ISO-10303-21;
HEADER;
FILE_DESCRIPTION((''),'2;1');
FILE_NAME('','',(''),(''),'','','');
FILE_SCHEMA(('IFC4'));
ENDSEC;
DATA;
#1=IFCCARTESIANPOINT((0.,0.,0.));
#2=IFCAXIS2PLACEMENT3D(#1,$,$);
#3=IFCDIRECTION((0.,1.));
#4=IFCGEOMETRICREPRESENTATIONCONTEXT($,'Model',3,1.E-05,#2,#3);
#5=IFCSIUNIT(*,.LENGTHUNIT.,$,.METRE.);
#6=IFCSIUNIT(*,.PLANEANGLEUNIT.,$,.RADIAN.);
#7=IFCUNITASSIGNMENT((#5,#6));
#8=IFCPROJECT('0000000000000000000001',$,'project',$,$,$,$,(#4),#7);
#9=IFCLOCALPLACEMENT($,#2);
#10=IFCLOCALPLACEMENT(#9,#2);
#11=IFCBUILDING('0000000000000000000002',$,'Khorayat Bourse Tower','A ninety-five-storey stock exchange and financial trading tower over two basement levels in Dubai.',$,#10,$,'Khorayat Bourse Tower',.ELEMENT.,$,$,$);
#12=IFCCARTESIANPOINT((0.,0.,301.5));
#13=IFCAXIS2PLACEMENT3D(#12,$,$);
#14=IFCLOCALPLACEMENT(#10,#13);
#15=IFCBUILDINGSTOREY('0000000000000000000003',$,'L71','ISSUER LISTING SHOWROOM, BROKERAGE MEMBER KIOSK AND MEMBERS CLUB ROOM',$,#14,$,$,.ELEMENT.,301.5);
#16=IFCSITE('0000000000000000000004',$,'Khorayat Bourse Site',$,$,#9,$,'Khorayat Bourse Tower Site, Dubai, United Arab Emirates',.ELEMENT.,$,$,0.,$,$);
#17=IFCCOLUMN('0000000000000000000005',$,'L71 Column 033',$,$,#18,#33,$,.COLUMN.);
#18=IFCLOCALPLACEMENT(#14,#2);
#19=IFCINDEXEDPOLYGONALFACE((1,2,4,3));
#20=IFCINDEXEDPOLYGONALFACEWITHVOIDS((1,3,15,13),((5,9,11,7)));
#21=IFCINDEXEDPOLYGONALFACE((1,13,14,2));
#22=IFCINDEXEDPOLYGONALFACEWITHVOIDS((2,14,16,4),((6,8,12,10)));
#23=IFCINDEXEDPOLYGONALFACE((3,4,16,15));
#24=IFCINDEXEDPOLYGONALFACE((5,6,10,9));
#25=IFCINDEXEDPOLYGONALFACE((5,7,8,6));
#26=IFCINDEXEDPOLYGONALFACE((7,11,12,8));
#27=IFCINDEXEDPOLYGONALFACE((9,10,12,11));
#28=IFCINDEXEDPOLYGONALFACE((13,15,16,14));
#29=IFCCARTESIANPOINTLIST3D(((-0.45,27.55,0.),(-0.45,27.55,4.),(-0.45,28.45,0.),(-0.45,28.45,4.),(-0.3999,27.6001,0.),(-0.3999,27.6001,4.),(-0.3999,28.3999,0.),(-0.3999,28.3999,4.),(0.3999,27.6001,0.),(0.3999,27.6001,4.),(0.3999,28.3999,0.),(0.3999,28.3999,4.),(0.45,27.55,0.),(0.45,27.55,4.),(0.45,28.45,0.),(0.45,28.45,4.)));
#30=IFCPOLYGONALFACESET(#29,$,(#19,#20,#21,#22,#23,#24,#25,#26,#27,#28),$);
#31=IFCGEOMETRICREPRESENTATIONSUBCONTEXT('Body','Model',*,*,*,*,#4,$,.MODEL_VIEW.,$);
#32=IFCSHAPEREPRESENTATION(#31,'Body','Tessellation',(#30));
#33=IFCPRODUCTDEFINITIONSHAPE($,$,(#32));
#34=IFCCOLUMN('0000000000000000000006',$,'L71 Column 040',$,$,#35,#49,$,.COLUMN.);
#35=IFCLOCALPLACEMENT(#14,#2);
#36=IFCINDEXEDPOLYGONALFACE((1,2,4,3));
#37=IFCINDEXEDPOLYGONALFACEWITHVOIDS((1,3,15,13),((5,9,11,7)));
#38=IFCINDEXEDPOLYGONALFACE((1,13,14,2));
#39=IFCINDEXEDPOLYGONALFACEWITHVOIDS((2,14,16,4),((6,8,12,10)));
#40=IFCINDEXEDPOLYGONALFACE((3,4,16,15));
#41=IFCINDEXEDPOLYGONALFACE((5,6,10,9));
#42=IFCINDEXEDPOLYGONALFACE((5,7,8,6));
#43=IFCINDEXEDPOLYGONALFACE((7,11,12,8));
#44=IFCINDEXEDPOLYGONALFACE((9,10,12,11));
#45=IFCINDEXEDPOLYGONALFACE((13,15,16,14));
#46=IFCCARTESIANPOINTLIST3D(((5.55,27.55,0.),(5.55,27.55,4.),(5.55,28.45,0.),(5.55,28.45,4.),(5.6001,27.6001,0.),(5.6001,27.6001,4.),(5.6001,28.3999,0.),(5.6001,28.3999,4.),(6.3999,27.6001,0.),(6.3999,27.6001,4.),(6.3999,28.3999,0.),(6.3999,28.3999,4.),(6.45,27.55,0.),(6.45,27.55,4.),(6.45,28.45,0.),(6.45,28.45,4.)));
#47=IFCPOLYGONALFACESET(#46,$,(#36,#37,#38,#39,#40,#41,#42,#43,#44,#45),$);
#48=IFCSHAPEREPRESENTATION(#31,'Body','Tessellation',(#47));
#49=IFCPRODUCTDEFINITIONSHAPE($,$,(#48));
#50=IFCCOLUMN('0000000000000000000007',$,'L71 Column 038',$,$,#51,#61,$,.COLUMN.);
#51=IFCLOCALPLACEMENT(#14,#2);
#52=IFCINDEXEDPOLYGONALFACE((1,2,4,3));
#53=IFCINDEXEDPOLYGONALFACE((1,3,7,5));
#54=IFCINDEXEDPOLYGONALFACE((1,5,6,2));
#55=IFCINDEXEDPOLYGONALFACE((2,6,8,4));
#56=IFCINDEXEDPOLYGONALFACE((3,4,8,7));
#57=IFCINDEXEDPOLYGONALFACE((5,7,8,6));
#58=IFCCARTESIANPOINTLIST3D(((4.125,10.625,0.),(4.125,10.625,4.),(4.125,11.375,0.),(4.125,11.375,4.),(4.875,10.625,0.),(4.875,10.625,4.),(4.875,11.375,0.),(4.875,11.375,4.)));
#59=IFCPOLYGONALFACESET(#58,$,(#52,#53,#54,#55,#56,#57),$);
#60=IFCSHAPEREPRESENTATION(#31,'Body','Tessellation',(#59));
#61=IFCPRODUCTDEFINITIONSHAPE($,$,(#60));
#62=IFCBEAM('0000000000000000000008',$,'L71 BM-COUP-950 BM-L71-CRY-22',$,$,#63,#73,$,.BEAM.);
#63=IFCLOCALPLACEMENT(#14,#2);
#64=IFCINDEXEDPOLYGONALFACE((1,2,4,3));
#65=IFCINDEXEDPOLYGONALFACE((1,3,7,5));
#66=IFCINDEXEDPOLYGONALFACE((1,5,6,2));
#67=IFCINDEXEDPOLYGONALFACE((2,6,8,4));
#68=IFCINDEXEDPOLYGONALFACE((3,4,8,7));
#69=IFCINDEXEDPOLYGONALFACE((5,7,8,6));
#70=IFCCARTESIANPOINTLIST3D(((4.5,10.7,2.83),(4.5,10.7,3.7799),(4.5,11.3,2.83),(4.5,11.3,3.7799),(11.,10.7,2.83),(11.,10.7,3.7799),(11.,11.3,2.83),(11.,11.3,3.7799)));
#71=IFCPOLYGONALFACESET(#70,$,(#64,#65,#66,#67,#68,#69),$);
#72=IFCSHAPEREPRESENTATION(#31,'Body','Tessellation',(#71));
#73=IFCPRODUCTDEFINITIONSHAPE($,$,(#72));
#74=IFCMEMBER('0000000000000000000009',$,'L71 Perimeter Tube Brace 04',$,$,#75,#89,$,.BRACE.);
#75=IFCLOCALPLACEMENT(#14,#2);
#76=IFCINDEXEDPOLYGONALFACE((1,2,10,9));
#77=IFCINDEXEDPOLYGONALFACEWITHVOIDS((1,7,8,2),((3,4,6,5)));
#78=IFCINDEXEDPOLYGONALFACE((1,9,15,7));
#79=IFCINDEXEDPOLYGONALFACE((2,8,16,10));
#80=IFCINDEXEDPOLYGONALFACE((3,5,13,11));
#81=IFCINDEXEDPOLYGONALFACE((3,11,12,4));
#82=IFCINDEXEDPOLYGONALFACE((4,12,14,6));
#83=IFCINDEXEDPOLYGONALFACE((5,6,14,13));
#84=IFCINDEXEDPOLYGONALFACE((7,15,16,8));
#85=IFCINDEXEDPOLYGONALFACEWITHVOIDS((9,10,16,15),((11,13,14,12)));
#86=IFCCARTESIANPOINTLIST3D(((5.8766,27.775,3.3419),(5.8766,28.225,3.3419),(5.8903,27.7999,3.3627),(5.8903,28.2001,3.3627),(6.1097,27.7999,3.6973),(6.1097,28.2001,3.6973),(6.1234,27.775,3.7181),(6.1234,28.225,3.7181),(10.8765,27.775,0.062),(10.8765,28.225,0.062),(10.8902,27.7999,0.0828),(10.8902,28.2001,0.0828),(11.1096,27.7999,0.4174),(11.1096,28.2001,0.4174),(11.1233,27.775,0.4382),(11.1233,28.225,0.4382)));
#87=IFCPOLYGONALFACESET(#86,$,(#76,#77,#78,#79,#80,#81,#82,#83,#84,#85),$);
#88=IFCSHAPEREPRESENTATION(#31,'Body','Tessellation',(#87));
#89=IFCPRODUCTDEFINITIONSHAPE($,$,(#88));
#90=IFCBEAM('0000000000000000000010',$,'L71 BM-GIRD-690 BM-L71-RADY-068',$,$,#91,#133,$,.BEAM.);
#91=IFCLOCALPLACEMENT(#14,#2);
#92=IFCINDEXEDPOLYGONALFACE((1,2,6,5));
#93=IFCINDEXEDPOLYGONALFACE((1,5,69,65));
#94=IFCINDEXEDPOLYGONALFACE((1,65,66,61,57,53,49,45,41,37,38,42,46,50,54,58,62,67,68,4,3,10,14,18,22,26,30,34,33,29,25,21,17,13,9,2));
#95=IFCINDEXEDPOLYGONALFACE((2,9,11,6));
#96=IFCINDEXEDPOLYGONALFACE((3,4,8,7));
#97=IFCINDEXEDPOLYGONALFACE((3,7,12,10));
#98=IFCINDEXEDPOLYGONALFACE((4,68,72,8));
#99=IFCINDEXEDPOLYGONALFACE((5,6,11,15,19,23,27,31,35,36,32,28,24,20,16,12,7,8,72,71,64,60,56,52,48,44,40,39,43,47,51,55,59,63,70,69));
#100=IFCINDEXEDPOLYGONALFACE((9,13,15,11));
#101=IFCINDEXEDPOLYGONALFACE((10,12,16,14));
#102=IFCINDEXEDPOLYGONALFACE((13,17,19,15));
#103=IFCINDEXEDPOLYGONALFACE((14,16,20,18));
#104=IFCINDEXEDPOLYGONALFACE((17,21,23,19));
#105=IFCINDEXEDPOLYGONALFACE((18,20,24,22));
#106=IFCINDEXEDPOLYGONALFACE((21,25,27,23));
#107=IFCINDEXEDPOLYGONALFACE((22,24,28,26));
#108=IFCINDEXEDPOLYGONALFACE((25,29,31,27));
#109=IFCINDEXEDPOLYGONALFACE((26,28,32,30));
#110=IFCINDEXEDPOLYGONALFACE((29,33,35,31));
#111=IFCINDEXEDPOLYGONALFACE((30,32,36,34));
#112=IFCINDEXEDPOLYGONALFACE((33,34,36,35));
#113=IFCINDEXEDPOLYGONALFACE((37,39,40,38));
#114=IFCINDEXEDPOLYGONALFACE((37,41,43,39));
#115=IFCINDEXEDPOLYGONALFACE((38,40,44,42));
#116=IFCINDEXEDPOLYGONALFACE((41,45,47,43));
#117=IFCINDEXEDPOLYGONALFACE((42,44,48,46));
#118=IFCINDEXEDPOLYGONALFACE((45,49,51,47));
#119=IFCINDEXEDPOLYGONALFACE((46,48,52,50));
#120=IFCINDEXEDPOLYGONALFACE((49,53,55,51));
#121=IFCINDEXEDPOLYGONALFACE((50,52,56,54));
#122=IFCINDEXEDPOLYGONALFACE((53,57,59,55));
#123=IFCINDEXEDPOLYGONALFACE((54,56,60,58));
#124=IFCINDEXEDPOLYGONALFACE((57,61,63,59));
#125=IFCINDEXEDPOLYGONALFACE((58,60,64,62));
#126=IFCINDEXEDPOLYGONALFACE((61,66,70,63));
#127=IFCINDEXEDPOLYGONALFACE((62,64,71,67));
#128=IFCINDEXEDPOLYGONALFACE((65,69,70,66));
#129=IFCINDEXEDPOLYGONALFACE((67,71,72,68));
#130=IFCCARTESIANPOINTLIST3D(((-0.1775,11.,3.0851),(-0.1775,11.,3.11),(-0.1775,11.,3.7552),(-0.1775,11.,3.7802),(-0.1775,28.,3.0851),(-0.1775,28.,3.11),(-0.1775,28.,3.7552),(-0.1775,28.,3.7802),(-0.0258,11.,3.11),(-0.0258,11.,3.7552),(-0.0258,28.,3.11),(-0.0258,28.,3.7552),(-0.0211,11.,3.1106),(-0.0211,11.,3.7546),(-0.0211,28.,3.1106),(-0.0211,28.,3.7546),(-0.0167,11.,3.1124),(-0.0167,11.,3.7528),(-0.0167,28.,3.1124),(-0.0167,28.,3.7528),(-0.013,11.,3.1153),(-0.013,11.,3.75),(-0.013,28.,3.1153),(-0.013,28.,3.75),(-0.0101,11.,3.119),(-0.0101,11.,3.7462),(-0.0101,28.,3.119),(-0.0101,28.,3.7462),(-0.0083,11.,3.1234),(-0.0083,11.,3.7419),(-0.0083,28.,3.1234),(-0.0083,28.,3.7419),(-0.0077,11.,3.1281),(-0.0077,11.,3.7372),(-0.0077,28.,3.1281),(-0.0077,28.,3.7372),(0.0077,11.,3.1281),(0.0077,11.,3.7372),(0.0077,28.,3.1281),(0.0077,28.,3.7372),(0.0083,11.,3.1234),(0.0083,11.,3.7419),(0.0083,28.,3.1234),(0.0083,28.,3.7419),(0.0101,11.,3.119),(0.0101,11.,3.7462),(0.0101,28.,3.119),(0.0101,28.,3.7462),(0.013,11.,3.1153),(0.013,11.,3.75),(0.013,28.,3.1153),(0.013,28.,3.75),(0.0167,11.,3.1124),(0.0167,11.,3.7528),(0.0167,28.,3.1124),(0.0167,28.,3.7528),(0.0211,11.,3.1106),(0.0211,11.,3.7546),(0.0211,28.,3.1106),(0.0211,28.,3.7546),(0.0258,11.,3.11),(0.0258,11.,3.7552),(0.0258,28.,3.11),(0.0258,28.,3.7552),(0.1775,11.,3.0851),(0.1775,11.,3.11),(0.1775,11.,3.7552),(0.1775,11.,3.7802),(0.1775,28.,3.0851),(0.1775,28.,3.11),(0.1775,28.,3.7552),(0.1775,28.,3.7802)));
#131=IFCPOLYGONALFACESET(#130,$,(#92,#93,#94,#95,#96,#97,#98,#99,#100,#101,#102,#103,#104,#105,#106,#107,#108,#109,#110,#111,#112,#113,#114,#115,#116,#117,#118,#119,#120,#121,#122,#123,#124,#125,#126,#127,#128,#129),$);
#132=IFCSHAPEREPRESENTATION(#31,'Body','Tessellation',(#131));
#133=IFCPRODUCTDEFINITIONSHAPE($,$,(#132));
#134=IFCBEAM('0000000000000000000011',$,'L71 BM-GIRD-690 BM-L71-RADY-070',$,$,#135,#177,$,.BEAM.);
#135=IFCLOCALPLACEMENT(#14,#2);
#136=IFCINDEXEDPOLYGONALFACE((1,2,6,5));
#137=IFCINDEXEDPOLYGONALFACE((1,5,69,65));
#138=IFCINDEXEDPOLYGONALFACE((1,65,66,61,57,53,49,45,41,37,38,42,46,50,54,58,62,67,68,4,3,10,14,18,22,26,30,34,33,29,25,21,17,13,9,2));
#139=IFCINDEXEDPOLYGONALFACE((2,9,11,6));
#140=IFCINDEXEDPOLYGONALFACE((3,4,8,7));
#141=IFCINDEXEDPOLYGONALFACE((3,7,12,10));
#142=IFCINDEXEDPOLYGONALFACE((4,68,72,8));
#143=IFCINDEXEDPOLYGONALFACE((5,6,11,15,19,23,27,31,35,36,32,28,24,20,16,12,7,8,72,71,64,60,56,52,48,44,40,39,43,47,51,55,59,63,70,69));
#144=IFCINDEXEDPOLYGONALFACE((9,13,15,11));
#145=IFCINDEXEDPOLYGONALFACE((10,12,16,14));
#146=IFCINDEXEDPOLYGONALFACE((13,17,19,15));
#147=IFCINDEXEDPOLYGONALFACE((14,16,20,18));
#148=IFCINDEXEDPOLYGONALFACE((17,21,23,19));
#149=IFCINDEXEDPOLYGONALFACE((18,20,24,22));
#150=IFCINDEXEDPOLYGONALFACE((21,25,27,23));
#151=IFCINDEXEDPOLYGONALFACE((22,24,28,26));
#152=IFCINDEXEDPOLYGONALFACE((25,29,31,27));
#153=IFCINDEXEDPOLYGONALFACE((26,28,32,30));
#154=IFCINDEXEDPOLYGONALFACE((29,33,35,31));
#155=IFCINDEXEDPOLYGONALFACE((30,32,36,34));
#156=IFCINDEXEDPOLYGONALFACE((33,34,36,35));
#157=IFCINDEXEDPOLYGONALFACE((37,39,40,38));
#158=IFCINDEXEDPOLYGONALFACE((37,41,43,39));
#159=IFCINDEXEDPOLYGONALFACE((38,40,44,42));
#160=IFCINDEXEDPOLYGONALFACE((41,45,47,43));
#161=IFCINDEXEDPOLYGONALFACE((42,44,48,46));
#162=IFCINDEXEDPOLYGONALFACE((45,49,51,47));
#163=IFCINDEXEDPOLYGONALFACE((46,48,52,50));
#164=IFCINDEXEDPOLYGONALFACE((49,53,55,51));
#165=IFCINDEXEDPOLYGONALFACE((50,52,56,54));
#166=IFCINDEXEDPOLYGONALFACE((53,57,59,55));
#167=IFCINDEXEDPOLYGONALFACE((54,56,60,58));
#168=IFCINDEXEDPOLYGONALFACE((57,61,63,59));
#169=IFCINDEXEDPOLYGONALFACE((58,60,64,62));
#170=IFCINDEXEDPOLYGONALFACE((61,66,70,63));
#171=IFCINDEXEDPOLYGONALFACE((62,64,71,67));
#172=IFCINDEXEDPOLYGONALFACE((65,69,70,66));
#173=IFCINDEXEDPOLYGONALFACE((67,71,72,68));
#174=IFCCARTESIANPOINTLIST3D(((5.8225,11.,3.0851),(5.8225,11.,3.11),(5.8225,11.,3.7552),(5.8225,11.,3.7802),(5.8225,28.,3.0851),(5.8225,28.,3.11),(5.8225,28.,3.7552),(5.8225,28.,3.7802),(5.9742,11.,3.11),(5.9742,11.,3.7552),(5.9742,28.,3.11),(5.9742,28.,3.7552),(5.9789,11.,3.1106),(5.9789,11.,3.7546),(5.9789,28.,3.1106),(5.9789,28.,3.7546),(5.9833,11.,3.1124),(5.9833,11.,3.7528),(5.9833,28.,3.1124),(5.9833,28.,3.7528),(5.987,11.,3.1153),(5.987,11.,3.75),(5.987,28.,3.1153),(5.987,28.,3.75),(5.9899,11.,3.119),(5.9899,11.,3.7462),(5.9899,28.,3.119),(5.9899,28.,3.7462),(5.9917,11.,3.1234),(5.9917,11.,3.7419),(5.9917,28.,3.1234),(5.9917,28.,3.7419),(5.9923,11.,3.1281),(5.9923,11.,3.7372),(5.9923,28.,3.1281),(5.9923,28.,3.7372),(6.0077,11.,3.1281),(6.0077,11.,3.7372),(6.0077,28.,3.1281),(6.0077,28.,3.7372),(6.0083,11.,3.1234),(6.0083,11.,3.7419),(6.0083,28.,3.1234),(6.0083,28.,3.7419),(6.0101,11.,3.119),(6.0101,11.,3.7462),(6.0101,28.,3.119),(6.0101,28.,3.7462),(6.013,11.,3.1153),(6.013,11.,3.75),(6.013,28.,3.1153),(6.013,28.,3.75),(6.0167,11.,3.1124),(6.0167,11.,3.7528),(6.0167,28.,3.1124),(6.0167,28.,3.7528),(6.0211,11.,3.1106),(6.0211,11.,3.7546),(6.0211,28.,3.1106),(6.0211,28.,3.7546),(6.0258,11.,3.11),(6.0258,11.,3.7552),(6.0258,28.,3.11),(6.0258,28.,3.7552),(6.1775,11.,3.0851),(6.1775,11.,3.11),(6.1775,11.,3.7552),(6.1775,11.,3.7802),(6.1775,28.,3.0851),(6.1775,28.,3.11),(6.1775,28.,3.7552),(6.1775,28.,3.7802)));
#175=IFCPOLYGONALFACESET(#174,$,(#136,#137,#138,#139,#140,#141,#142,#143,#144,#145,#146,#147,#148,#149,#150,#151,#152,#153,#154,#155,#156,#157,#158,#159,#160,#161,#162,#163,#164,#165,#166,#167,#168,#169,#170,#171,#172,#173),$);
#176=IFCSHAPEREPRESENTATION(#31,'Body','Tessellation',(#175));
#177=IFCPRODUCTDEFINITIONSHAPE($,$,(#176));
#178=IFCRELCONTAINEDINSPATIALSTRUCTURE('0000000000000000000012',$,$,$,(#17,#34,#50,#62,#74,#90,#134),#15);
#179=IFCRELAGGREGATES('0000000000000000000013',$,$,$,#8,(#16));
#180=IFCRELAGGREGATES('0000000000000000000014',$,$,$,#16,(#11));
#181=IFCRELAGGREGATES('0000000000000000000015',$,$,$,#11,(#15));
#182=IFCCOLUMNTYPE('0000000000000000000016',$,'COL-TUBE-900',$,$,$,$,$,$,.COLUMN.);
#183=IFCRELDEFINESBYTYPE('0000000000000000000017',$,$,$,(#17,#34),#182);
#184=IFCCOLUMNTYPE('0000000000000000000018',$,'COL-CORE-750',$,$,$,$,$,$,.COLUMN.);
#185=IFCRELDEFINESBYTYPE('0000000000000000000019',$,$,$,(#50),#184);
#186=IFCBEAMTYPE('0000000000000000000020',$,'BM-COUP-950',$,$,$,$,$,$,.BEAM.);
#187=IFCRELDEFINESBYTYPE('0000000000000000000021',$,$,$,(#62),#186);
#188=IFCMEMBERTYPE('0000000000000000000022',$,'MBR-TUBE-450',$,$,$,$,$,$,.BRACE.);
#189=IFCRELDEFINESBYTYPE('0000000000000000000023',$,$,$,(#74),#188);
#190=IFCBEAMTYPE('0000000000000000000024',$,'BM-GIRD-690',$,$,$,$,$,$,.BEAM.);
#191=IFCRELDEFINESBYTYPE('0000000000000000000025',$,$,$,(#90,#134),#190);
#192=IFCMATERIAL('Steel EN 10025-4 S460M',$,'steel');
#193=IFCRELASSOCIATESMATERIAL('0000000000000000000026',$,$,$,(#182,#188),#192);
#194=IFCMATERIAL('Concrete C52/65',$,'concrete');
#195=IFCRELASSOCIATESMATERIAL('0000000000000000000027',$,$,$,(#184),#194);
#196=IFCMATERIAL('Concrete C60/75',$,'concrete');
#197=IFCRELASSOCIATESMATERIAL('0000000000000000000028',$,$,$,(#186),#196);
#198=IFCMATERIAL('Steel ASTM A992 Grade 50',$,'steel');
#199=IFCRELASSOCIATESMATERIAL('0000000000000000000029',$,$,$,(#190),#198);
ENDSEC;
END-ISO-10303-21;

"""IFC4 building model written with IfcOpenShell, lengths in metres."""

from ifc_helpers import new_model, si_unit, direction, frame, origin, origin_2d, place, context, subcontext, project, spatial, rectangle, hollow_rectangle, i_section, extrude, source, transform, mapped, material, material_profile, profile_set, type_object, element, save


model = new_model("IFC4")

# Units and contexts
model_context = context("Model", 3, precision=1e-05, world=origin(), true_north=direction((0.0, 1.0)))
body_context = subcontext(model_context, "Body", "Model", "MODEL_VIEW")
ifc_project = project(units=[si_unit("LENGTHUNIT", "METRE"), si_unit("PLANEANGLEUNIT", "RADIAN")], contexts=[model_context])

# Site, building, storey
site_placement = place(None, origin())
site = spatial("IfcSite", under=ifc_project, at=site_placement, Name="Khorayat Bourse Site", LongName="Khorayat Bourse Tower Site, Dubai, United Arab Emirates", CompositionType="ELEMENT", RefElevation=0.0)
building_placement = place(site_placement, origin())
building = spatial("IfcBuilding", under=site, at=building_placement, Name="Khorayat Bourse Tower", Description="A ninety-five-storey stock exchange and financial trading tower over two basement levels in Dubai.", LongName="Khorayat Bourse Tower", CompositionType="ELEMENT")
storey_placement = place(building_placement, frame((0.0, 0.0, 301.5)))
storey = spatial("IfcBuildingStorey", under=building, at=storey_placement, Name="L71", Description="ISSUER LISTING SHOWROOM, BROKERAGE MEMBER KIOSK AND MEMBERS CLUB ROOM", CompositionType="ELEMENT", Elevation=301.5)

# Columns
ifc_material_1 = material(Name="Steel EN 10025-4 S460M", Category="steel")
ifc_material_profile_1 = material_profile(ifc_material_1, hollow_rectangle(XDim=0.8999, YDim=0.8999, WallThickness=0.05, at=origin_2d()), Name="BOX 900x900x50")
ifc_profile_set_1 = profile_set([ifc_material_profile_1], Name="Steel EN 10025-4 S460M")
column_type_1 = type_object("IfcColumnType", Name="COL-TUBE-900", PredefinedType="COLUMN", material=ifc_profile_set_1)
shared_shape_1 = source(origin(), body_context, "Body", "SweptSolid", [
    extrude(hollow_rectangle(XDim=0.8999, YDim=0.8999, WallThickness=0.05, at=origin_2d()), origin(), (0.0, 0.0, 1.0), 4.0),
])
for number, where, z_axis, x_axis, name in (
    (1, (0.0, 28.0, 0.0), (0.0, 0.0, 1.0), (1.0, 0.0, 0.0), "L71 Column 033"),
    (2, (6.0, 28.0, 0.0), (0.0, 0.0, 1.0), (1.0, 0.0, 0.0), "L71 Column 040"),
):
    element("IfcColumn", number, at=place(storey_placement, frame(where, z_axis=z_axis, x_axis=x_axis)), inside=storey, type_object=column_type_1, Name=name, PredefinedType="COLUMN", context=body_context, shape_type="MappedRepresentation", body=[
        mapped(shared_shape_1, transform((0.0, 0.0, 0.0), scale=1.0)),
    ])
ifc_material_2 = material(Name="Concrete C52/65", Category="concrete")
ifc_material_profile_2 = material_profile(ifc_material_2, rectangle(XDim=0.75, YDim=0.75, at=origin_2d()), Name="RC 750x750")
ifc_profile_set_2 = profile_set([ifc_material_profile_2], Name="Concrete C52/65")
column_type_2 = type_object("IfcColumnType", Name="COL-CORE-750", PredefinedType="COLUMN", material=ifc_profile_set_2)
shared_shape_2 = source(origin(), body_context, "Body", "SweptSolid", [
    extrude(rectangle(XDim=0.75, YDim=0.75, at=origin_2d()), origin(), (0.0, 0.0, 1.0), 4.0),
])
column_placement = place(storey_placement, frame((4.5, 11.0, 0.0), z_axis=(0.0, 0.0, 1.0), x_axis=(1.0, 0.0, 0.0)))
element("IfcColumn", 3, at=column_placement, inside=storey, type_object=column_type_2, Name="L71 Column 038", PredefinedType="COLUMN", context=body_context, shape_type="MappedRepresentation", body=[
    mapped(shared_shape_2, transform((0.0, 0.0, 0.0), scale=1.0)),
])

# Beam
ifc_material_3 = material(Name="Concrete C60/75", Category="concrete")
ifc_material_profile_3 = material_profile(ifc_material_3, rectangle(XDim=0.6001, YDim=0.95, at=origin_2d()), Name="RC 600x950")
ifc_profile_set_3 = profile_set([ifc_material_profile_3], Name="Concrete C60/75")
beam_type_1 = type_object("IfcBeamType", Name="BM-COUP-950", PredefinedType="BEAM", material=ifc_profile_set_3)
shared_shape_3 = source(origin(), body_context, "Body", "SweptSolid", [
    extrude(rectangle(XDim=0.6001, YDim=0.95, at=origin_2d()), origin(), (0.0, 0.0, 1.0), 6.5),
])
beam_1_placement = place(storey_placement, frame((4.5, 11.0, 3.3049), z_axis=(1.0, 0.0, 0.0), x_axis=(0.0, 1.0, 0.0)))
element("IfcBeam", 4, at=beam_1_placement, inside=storey, type_object=beam_type_1, Name="L71 BM-COUP-950 BM-L71-CRY-22", PredefinedType="BEAM", context=body_context, shape_type="MappedRepresentation", body=[
    mapped(shared_shape_3, transform((0.0, 0.0, 0.0), scale=1.0)),
])

# Member
ifc_material_profile_4 = material_profile(ifc_material_1, hollow_rectangle(XDim=0.45, YDim=0.45, WallThickness=0.0249, at=origin_2d()), Name="HSS 450x450x25")
ifc_profile_set_4 = profile_set([ifc_material_profile_4], Name="Steel EN 10025-4 S460M")
member_type_1 = type_object("IfcMemberType", Name="MBR-TUBE-450", PredefinedType="BRACE", material=ifc_profile_set_4)
shared_shape_4 = source(origin(), body_context, "Body", "SweptSolid", [
    extrude(hollow_rectangle(XDim=0.45, YDim=0.45, WallThickness=0.0249, at=origin_2d()), origin(), (0.0, 0.0, 1.0), 5.9797),
])
member_1_placement = place(storey_placement, frame((6.0, 28.0, 3.53), z_axis=(0.836142, 0.0, -0.548514), x_axis=(0.0, 1.0, 0.0)))
element("IfcMember", 5, at=member_1_placement, inside=storey, type_object=member_type_1, Name="L71 Perimeter Tube Brace 04", PredefinedType="BRACE", context=body_context, shape_type="MappedRepresentation", body=[
    mapped(shared_shape_4, transform((0.0, 0.0, 0.0), scale=1.0)),
])

# Beams
ifc_material_4 = material(Name="Steel ASTM A992 Grade 50", Category="steel")
ifc_material_profile_5 = material_profile(ifc_material_4, i_section(OverallWidth=0.355, OverallDepth=0.6951, WebThickness=0.0154, FlangeThickness=0.0249, FilletRadius=0.0181, at=origin_2d()), Name="W690X217")
ifc_profile_set_5 = profile_set([ifc_material_profile_5], Name="Steel ASTM A992 Grade 50")
beam_type_2 = type_object("IfcBeamType", Name="BM-GIRD-690", PredefinedType="BEAM", material=ifc_profile_set_5)
shared_shape_5 = source(origin(), body_context, "Body", "SweptSolid", [
    extrude(i_section(OverallWidth=0.355, OverallDepth=0.6951, WebThickness=0.0154, FlangeThickness=0.0249, FilletRadius=0.0181, at=origin_2d()), origin(), (0.0, 0.0, 1.0), 17.0),
])
for number, where, z_axis, x_axis, name in (
    (6, (0.0, 11.0, 3.4326), (0.0, 1.0, 0.0), (-1.0, 0.0, 0.0), "L71 BM-GIRD-690 BM-L71-RADY-068"),
    (7, (6.0, 11.0, 3.4326), (0.0, 1.0, 0.0), (-1.0, 0.0, 0.0), "L71 BM-GIRD-690 BM-L71-RADY-070"),
):
    element("IfcBeam", number, at=place(storey_placement, frame(where, z_axis=z_axis, x_axis=x_axis)), inside=storey, type_object=beam_type_2, Name=name, PredefinedType="BEAM", context=body_context, shape_type="MappedRepresentation", body=[
        mapped(shared_shape_5, transform((0.0, 0.0, 0.0), scale=1.0)),
    ])

save(model, "model.ifc")
